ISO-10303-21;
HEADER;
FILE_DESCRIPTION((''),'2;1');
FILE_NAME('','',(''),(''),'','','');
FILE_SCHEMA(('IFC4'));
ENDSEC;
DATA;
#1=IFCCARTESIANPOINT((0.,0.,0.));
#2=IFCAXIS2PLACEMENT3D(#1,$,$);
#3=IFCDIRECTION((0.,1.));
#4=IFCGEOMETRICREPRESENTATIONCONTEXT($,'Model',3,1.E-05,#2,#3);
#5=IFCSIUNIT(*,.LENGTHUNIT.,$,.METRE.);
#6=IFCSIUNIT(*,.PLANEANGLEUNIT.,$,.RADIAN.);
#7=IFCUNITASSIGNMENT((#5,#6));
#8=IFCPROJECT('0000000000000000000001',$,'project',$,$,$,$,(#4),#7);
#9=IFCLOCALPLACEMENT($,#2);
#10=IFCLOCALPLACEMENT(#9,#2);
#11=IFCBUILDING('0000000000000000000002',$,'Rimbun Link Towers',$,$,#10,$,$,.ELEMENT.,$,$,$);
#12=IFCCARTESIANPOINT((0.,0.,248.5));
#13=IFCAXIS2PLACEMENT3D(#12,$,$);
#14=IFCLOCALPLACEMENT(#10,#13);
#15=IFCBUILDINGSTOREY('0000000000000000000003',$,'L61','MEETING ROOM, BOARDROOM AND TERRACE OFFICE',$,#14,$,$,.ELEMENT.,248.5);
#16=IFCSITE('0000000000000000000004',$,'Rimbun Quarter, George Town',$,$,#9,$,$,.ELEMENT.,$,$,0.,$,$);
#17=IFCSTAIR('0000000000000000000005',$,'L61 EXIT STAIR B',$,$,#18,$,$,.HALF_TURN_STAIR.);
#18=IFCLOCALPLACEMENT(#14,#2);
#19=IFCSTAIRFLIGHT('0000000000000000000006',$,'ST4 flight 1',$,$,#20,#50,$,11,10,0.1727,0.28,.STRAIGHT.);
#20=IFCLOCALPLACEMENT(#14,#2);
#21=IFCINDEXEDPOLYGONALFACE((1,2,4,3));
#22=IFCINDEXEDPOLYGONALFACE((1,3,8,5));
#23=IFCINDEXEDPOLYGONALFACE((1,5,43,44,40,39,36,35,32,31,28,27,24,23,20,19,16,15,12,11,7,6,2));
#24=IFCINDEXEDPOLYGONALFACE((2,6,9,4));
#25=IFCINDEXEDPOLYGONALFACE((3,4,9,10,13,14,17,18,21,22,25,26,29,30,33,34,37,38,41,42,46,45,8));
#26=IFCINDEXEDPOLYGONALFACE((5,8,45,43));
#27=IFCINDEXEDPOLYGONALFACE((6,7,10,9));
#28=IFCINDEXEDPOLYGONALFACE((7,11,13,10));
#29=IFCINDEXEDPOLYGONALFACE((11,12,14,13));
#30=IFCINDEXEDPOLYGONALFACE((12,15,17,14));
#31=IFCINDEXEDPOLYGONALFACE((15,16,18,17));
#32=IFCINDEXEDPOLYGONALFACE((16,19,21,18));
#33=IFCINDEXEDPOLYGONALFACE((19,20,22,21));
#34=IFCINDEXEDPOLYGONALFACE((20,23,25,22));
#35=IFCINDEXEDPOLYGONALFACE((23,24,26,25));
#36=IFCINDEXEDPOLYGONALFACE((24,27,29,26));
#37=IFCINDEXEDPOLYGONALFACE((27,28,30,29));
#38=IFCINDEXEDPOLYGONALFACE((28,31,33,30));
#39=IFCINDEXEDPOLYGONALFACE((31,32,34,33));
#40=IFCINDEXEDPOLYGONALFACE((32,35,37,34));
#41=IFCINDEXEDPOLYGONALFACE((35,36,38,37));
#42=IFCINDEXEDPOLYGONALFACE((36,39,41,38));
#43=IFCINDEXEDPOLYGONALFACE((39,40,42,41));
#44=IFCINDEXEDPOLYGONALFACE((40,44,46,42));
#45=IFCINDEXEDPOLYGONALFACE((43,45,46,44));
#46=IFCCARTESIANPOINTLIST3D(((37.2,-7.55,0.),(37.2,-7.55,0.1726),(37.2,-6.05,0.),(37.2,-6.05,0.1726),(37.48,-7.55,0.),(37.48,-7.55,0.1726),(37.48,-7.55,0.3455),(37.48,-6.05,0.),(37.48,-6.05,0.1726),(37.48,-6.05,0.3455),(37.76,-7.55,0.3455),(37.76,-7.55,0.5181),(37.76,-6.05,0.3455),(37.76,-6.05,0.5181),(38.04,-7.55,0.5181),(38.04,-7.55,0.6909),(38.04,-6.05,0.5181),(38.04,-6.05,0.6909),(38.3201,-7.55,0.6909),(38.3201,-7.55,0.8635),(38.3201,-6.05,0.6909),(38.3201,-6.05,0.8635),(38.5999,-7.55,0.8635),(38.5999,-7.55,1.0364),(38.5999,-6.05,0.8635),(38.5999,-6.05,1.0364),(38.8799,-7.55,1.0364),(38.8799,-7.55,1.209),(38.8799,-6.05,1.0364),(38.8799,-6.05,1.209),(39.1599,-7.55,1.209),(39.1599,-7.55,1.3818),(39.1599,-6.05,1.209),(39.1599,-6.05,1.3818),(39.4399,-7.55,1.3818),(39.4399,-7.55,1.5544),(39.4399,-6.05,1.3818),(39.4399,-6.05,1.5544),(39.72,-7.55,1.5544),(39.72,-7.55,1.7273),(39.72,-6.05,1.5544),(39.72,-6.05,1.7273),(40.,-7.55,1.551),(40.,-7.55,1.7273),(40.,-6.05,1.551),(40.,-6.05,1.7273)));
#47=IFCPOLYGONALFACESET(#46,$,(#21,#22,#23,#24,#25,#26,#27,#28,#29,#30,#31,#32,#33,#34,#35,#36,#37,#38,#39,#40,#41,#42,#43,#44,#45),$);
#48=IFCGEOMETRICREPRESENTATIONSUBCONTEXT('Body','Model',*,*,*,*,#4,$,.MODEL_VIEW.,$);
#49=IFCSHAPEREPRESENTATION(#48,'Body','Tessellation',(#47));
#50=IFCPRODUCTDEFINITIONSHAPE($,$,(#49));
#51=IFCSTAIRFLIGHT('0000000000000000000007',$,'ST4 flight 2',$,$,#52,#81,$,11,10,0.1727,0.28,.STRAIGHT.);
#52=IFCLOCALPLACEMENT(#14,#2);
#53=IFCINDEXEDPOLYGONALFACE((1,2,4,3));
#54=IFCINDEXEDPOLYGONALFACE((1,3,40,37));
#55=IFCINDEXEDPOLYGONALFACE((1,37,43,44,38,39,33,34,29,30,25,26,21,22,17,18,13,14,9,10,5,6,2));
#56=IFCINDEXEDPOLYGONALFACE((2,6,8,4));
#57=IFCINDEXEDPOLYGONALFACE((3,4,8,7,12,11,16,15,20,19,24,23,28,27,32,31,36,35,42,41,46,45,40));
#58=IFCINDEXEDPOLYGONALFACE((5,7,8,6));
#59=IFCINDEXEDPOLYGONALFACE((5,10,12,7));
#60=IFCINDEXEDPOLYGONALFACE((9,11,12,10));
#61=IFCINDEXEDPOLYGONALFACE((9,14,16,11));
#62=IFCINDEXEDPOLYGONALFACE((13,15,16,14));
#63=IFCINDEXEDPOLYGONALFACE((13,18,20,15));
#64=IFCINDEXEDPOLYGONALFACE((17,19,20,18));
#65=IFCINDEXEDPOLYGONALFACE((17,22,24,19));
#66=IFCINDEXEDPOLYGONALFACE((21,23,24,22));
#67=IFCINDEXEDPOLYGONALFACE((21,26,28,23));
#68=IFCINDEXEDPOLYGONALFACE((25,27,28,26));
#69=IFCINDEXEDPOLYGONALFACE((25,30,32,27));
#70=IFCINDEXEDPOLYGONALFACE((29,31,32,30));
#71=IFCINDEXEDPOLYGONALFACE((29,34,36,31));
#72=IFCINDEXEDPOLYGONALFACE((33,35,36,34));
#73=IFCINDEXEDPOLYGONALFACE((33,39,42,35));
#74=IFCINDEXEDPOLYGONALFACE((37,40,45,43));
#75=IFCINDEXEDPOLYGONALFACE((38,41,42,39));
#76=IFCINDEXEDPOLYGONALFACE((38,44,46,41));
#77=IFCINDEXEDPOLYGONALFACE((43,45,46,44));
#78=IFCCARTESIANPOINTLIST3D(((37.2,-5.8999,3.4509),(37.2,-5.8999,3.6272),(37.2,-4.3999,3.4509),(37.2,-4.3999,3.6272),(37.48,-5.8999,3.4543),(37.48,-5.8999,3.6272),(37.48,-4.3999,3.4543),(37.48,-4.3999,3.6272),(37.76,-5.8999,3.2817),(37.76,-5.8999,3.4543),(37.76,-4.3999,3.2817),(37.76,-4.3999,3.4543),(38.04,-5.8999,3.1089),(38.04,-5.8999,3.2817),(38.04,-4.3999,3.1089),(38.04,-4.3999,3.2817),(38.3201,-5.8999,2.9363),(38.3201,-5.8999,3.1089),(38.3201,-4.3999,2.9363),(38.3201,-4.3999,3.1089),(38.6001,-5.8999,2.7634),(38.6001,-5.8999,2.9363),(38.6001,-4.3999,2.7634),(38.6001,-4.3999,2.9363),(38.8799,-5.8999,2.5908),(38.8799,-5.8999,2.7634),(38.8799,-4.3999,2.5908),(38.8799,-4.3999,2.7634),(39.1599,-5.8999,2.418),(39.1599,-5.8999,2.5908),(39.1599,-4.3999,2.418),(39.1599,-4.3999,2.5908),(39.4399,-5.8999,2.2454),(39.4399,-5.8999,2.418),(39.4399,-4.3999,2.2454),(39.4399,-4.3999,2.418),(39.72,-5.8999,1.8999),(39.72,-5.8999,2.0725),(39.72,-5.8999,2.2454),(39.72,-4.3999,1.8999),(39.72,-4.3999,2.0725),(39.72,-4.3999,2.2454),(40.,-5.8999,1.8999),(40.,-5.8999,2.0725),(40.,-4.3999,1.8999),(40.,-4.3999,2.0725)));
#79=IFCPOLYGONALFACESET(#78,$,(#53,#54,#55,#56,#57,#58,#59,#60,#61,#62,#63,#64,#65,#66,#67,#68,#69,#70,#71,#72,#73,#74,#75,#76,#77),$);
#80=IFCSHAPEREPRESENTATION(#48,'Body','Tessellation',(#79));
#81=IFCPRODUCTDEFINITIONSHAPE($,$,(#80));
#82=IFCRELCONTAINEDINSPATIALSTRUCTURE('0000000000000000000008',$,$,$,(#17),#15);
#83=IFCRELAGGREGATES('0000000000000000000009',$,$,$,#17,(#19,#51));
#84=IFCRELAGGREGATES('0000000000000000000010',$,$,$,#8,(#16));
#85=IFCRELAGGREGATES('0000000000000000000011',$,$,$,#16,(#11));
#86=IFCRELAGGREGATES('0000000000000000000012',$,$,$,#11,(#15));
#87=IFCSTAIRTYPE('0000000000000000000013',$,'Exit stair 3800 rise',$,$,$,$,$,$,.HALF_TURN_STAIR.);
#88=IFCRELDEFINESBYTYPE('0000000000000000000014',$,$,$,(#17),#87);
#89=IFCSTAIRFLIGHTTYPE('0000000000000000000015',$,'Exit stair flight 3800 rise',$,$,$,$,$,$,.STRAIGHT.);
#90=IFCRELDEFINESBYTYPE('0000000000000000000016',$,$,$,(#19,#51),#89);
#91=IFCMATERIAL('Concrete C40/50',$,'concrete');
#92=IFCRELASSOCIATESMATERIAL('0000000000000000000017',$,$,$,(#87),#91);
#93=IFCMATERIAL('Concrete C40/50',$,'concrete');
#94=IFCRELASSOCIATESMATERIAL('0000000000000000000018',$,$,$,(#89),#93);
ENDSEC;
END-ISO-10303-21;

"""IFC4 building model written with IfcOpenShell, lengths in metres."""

from ifc_helpers import new_model, si_unit, direction, frame, origin, place, context, subcontext, project, spatial, polyline, outline, extrude, material, type_object, element, aggregate, save


model = new_model("IFC4")

# Units and contexts
model_context = context("Model", 3, precision=1e-05, world=origin(), true_north=direction((0.0, 1.0)))
body_context = subcontext(model_context, "Body", "Model", "MODEL_VIEW")
ifc_project = project(units=[si_unit("LENGTHUNIT", "METRE"), si_unit("PLANEANGLEUNIT", "RADIAN")], contexts=[model_context])

# Site, building, storey
site_placement = place(None, origin())
site = spatial("IfcSite", under=ifc_project, at=site_placement, Name="Rimbun Quarter, George Town", CompositionType="ELEMENT", RefElevation=0.0)
building_placement = place(site_placement, origin())
building = spatial("IfcBuilding", under=site, at=building_placement, Name="Rimbun Link Towers", CompositionType="ELEMENT")
storey_placement = place(building_placement, frame((0.0, 0.0, 248.5)))
storey = spatial("IfcBuildingStorey", under=building, at=storey_placement, Name="L61", Description="MEETING ROOM, BOARDROOM AND TERRACE OFFICE", CompositionType="ELEMENT", Elevation=248.5)

# Stair, stair flights
ifc_material_1 = material(Name="Concrete C40/50", Category="concrete")
stair_type = type_object("IfcStairType", Name="Exit stair 3800 rise", PredefinedType="HALF_TURN_STAIR", material=ifc_material_1)
stair_placement = place(storey_placement, origin())
stair = element("IfcStair", 1, at=stair_placement, inside=storey, type_object=stair_type, Name="L61 EXIT STAIR B", PredefinedType="HALF_TURN_STAIR")
ifc_material_2 = material(Name="Concrete C40/50", Category="concrete")
stair_flight_type = type_object("IfcStairFlightType", Name="Exit stair flight 3800 rise", PredefinedType="STRAIGHT", material=ifc_material_2)
stair_flight_1_placement = place(storey_placement, frame((37.2, -6.8, 0.0), z_axis=(0.0, 0.0, 1.0), x_axis=(1.0, 0.0, 0.0)))
stair_flight_1 = element("IfcStairFlight", 2, at=stair_flight_1_placement, type_object=stair_flight_type, Name="ST4 flight 1", NumberOfRisers=11, NumberOfTreads=10, PredefinedType="STRAIGHT", RiserHeight=0.1727, TreadLength=0.28, context=body_context, shape_type="SweptSolid", body=[
    extrude(outline(polyline([(0.0, 0.0), (0.0, 0.1726), (0.28, 0.1726), (0.28, 0.3455), (0.5601, 0.3455), (0.5601, 0.5181), (0.8401, 0.5181), (0.8401, 0.6909), (1.1201, 0.6909), (1.1201, 0.8635), (1.3999, 0.8635), (1.3999, 1.0364), (1.6799, 1.0364), (1.6799, 1.209), (1.96, 1.209), (1.96, 1.3818), (2.24, 1.3818), (2.24, 1.5544), (2.52, 1.5544), (2.52, 1.7273), (2.8, 1.7273), (2.8, 1.8999), (2.8, 1.551), (0.28, 0.0), (0.0, 0.0)])), frame((0.0, 0.75, 0.0), z_axis=(0.0, -1.0, 0.0), x_axis=(1.0, 0.0, 0.0)), (0.0, 0.0, 1.0), 1.5),
])
stair_flight_2_placement = place(storey_placement, frame((40.0, -5.1499, 1.8999), z_axis=(0.0, 0.0, 1.0), x_axis=(-1.0, 0.0, 0.0)))
stair_flight_2 = element("IfcStairFlight", 3, at=stair_flight_2_placement, type_object=stair_flight_type, Name="ST4 flight 2", NumberOfRisers=11, NumberOfTreads=10, PredefinedType="STRAIGHT", RiserHeight=0.1727, TreadLength=0.28, context=body_context, shape_type="SweptSolid", body=[
    extrude(outline(polyline([(0.0, 0.0), (0.0, 0.1726), (0.28, 0.1726), (0.28, 0.3455), (0.5601, 0.3455), (0.5601, 0.5181), (0.8401, 0.5181), (0.8401, 0.6909), (1.1201, 0.6909), (1.1201, 0.8635), (1.3999, 0.8635), (1.3999, 1.0364), (1.6799, 1.0364), (1.6799, 1.209), (1.96, 1.209), (1.96, 1.3818), (2.24, 1.3818), (2.24, 1.5544), (2.52, 1.5544), (2.52, 1.7273), (2.8, 1.7273), (2.8, 1.8999), (2.8, 1.551), (0.28, 0.0), (0.0, 0.0)])), frame((0.0, 0.75, 0.0), z_axis=(0.0, -1.0, 0.0), x_axis=(1.0, 0.0, 0.0)), (0.0, 0.0, 1.0), 1.5),
])
aggregate(stair, [stair_flight_1, stair_flight_2])

save(model, "model.ifc")
